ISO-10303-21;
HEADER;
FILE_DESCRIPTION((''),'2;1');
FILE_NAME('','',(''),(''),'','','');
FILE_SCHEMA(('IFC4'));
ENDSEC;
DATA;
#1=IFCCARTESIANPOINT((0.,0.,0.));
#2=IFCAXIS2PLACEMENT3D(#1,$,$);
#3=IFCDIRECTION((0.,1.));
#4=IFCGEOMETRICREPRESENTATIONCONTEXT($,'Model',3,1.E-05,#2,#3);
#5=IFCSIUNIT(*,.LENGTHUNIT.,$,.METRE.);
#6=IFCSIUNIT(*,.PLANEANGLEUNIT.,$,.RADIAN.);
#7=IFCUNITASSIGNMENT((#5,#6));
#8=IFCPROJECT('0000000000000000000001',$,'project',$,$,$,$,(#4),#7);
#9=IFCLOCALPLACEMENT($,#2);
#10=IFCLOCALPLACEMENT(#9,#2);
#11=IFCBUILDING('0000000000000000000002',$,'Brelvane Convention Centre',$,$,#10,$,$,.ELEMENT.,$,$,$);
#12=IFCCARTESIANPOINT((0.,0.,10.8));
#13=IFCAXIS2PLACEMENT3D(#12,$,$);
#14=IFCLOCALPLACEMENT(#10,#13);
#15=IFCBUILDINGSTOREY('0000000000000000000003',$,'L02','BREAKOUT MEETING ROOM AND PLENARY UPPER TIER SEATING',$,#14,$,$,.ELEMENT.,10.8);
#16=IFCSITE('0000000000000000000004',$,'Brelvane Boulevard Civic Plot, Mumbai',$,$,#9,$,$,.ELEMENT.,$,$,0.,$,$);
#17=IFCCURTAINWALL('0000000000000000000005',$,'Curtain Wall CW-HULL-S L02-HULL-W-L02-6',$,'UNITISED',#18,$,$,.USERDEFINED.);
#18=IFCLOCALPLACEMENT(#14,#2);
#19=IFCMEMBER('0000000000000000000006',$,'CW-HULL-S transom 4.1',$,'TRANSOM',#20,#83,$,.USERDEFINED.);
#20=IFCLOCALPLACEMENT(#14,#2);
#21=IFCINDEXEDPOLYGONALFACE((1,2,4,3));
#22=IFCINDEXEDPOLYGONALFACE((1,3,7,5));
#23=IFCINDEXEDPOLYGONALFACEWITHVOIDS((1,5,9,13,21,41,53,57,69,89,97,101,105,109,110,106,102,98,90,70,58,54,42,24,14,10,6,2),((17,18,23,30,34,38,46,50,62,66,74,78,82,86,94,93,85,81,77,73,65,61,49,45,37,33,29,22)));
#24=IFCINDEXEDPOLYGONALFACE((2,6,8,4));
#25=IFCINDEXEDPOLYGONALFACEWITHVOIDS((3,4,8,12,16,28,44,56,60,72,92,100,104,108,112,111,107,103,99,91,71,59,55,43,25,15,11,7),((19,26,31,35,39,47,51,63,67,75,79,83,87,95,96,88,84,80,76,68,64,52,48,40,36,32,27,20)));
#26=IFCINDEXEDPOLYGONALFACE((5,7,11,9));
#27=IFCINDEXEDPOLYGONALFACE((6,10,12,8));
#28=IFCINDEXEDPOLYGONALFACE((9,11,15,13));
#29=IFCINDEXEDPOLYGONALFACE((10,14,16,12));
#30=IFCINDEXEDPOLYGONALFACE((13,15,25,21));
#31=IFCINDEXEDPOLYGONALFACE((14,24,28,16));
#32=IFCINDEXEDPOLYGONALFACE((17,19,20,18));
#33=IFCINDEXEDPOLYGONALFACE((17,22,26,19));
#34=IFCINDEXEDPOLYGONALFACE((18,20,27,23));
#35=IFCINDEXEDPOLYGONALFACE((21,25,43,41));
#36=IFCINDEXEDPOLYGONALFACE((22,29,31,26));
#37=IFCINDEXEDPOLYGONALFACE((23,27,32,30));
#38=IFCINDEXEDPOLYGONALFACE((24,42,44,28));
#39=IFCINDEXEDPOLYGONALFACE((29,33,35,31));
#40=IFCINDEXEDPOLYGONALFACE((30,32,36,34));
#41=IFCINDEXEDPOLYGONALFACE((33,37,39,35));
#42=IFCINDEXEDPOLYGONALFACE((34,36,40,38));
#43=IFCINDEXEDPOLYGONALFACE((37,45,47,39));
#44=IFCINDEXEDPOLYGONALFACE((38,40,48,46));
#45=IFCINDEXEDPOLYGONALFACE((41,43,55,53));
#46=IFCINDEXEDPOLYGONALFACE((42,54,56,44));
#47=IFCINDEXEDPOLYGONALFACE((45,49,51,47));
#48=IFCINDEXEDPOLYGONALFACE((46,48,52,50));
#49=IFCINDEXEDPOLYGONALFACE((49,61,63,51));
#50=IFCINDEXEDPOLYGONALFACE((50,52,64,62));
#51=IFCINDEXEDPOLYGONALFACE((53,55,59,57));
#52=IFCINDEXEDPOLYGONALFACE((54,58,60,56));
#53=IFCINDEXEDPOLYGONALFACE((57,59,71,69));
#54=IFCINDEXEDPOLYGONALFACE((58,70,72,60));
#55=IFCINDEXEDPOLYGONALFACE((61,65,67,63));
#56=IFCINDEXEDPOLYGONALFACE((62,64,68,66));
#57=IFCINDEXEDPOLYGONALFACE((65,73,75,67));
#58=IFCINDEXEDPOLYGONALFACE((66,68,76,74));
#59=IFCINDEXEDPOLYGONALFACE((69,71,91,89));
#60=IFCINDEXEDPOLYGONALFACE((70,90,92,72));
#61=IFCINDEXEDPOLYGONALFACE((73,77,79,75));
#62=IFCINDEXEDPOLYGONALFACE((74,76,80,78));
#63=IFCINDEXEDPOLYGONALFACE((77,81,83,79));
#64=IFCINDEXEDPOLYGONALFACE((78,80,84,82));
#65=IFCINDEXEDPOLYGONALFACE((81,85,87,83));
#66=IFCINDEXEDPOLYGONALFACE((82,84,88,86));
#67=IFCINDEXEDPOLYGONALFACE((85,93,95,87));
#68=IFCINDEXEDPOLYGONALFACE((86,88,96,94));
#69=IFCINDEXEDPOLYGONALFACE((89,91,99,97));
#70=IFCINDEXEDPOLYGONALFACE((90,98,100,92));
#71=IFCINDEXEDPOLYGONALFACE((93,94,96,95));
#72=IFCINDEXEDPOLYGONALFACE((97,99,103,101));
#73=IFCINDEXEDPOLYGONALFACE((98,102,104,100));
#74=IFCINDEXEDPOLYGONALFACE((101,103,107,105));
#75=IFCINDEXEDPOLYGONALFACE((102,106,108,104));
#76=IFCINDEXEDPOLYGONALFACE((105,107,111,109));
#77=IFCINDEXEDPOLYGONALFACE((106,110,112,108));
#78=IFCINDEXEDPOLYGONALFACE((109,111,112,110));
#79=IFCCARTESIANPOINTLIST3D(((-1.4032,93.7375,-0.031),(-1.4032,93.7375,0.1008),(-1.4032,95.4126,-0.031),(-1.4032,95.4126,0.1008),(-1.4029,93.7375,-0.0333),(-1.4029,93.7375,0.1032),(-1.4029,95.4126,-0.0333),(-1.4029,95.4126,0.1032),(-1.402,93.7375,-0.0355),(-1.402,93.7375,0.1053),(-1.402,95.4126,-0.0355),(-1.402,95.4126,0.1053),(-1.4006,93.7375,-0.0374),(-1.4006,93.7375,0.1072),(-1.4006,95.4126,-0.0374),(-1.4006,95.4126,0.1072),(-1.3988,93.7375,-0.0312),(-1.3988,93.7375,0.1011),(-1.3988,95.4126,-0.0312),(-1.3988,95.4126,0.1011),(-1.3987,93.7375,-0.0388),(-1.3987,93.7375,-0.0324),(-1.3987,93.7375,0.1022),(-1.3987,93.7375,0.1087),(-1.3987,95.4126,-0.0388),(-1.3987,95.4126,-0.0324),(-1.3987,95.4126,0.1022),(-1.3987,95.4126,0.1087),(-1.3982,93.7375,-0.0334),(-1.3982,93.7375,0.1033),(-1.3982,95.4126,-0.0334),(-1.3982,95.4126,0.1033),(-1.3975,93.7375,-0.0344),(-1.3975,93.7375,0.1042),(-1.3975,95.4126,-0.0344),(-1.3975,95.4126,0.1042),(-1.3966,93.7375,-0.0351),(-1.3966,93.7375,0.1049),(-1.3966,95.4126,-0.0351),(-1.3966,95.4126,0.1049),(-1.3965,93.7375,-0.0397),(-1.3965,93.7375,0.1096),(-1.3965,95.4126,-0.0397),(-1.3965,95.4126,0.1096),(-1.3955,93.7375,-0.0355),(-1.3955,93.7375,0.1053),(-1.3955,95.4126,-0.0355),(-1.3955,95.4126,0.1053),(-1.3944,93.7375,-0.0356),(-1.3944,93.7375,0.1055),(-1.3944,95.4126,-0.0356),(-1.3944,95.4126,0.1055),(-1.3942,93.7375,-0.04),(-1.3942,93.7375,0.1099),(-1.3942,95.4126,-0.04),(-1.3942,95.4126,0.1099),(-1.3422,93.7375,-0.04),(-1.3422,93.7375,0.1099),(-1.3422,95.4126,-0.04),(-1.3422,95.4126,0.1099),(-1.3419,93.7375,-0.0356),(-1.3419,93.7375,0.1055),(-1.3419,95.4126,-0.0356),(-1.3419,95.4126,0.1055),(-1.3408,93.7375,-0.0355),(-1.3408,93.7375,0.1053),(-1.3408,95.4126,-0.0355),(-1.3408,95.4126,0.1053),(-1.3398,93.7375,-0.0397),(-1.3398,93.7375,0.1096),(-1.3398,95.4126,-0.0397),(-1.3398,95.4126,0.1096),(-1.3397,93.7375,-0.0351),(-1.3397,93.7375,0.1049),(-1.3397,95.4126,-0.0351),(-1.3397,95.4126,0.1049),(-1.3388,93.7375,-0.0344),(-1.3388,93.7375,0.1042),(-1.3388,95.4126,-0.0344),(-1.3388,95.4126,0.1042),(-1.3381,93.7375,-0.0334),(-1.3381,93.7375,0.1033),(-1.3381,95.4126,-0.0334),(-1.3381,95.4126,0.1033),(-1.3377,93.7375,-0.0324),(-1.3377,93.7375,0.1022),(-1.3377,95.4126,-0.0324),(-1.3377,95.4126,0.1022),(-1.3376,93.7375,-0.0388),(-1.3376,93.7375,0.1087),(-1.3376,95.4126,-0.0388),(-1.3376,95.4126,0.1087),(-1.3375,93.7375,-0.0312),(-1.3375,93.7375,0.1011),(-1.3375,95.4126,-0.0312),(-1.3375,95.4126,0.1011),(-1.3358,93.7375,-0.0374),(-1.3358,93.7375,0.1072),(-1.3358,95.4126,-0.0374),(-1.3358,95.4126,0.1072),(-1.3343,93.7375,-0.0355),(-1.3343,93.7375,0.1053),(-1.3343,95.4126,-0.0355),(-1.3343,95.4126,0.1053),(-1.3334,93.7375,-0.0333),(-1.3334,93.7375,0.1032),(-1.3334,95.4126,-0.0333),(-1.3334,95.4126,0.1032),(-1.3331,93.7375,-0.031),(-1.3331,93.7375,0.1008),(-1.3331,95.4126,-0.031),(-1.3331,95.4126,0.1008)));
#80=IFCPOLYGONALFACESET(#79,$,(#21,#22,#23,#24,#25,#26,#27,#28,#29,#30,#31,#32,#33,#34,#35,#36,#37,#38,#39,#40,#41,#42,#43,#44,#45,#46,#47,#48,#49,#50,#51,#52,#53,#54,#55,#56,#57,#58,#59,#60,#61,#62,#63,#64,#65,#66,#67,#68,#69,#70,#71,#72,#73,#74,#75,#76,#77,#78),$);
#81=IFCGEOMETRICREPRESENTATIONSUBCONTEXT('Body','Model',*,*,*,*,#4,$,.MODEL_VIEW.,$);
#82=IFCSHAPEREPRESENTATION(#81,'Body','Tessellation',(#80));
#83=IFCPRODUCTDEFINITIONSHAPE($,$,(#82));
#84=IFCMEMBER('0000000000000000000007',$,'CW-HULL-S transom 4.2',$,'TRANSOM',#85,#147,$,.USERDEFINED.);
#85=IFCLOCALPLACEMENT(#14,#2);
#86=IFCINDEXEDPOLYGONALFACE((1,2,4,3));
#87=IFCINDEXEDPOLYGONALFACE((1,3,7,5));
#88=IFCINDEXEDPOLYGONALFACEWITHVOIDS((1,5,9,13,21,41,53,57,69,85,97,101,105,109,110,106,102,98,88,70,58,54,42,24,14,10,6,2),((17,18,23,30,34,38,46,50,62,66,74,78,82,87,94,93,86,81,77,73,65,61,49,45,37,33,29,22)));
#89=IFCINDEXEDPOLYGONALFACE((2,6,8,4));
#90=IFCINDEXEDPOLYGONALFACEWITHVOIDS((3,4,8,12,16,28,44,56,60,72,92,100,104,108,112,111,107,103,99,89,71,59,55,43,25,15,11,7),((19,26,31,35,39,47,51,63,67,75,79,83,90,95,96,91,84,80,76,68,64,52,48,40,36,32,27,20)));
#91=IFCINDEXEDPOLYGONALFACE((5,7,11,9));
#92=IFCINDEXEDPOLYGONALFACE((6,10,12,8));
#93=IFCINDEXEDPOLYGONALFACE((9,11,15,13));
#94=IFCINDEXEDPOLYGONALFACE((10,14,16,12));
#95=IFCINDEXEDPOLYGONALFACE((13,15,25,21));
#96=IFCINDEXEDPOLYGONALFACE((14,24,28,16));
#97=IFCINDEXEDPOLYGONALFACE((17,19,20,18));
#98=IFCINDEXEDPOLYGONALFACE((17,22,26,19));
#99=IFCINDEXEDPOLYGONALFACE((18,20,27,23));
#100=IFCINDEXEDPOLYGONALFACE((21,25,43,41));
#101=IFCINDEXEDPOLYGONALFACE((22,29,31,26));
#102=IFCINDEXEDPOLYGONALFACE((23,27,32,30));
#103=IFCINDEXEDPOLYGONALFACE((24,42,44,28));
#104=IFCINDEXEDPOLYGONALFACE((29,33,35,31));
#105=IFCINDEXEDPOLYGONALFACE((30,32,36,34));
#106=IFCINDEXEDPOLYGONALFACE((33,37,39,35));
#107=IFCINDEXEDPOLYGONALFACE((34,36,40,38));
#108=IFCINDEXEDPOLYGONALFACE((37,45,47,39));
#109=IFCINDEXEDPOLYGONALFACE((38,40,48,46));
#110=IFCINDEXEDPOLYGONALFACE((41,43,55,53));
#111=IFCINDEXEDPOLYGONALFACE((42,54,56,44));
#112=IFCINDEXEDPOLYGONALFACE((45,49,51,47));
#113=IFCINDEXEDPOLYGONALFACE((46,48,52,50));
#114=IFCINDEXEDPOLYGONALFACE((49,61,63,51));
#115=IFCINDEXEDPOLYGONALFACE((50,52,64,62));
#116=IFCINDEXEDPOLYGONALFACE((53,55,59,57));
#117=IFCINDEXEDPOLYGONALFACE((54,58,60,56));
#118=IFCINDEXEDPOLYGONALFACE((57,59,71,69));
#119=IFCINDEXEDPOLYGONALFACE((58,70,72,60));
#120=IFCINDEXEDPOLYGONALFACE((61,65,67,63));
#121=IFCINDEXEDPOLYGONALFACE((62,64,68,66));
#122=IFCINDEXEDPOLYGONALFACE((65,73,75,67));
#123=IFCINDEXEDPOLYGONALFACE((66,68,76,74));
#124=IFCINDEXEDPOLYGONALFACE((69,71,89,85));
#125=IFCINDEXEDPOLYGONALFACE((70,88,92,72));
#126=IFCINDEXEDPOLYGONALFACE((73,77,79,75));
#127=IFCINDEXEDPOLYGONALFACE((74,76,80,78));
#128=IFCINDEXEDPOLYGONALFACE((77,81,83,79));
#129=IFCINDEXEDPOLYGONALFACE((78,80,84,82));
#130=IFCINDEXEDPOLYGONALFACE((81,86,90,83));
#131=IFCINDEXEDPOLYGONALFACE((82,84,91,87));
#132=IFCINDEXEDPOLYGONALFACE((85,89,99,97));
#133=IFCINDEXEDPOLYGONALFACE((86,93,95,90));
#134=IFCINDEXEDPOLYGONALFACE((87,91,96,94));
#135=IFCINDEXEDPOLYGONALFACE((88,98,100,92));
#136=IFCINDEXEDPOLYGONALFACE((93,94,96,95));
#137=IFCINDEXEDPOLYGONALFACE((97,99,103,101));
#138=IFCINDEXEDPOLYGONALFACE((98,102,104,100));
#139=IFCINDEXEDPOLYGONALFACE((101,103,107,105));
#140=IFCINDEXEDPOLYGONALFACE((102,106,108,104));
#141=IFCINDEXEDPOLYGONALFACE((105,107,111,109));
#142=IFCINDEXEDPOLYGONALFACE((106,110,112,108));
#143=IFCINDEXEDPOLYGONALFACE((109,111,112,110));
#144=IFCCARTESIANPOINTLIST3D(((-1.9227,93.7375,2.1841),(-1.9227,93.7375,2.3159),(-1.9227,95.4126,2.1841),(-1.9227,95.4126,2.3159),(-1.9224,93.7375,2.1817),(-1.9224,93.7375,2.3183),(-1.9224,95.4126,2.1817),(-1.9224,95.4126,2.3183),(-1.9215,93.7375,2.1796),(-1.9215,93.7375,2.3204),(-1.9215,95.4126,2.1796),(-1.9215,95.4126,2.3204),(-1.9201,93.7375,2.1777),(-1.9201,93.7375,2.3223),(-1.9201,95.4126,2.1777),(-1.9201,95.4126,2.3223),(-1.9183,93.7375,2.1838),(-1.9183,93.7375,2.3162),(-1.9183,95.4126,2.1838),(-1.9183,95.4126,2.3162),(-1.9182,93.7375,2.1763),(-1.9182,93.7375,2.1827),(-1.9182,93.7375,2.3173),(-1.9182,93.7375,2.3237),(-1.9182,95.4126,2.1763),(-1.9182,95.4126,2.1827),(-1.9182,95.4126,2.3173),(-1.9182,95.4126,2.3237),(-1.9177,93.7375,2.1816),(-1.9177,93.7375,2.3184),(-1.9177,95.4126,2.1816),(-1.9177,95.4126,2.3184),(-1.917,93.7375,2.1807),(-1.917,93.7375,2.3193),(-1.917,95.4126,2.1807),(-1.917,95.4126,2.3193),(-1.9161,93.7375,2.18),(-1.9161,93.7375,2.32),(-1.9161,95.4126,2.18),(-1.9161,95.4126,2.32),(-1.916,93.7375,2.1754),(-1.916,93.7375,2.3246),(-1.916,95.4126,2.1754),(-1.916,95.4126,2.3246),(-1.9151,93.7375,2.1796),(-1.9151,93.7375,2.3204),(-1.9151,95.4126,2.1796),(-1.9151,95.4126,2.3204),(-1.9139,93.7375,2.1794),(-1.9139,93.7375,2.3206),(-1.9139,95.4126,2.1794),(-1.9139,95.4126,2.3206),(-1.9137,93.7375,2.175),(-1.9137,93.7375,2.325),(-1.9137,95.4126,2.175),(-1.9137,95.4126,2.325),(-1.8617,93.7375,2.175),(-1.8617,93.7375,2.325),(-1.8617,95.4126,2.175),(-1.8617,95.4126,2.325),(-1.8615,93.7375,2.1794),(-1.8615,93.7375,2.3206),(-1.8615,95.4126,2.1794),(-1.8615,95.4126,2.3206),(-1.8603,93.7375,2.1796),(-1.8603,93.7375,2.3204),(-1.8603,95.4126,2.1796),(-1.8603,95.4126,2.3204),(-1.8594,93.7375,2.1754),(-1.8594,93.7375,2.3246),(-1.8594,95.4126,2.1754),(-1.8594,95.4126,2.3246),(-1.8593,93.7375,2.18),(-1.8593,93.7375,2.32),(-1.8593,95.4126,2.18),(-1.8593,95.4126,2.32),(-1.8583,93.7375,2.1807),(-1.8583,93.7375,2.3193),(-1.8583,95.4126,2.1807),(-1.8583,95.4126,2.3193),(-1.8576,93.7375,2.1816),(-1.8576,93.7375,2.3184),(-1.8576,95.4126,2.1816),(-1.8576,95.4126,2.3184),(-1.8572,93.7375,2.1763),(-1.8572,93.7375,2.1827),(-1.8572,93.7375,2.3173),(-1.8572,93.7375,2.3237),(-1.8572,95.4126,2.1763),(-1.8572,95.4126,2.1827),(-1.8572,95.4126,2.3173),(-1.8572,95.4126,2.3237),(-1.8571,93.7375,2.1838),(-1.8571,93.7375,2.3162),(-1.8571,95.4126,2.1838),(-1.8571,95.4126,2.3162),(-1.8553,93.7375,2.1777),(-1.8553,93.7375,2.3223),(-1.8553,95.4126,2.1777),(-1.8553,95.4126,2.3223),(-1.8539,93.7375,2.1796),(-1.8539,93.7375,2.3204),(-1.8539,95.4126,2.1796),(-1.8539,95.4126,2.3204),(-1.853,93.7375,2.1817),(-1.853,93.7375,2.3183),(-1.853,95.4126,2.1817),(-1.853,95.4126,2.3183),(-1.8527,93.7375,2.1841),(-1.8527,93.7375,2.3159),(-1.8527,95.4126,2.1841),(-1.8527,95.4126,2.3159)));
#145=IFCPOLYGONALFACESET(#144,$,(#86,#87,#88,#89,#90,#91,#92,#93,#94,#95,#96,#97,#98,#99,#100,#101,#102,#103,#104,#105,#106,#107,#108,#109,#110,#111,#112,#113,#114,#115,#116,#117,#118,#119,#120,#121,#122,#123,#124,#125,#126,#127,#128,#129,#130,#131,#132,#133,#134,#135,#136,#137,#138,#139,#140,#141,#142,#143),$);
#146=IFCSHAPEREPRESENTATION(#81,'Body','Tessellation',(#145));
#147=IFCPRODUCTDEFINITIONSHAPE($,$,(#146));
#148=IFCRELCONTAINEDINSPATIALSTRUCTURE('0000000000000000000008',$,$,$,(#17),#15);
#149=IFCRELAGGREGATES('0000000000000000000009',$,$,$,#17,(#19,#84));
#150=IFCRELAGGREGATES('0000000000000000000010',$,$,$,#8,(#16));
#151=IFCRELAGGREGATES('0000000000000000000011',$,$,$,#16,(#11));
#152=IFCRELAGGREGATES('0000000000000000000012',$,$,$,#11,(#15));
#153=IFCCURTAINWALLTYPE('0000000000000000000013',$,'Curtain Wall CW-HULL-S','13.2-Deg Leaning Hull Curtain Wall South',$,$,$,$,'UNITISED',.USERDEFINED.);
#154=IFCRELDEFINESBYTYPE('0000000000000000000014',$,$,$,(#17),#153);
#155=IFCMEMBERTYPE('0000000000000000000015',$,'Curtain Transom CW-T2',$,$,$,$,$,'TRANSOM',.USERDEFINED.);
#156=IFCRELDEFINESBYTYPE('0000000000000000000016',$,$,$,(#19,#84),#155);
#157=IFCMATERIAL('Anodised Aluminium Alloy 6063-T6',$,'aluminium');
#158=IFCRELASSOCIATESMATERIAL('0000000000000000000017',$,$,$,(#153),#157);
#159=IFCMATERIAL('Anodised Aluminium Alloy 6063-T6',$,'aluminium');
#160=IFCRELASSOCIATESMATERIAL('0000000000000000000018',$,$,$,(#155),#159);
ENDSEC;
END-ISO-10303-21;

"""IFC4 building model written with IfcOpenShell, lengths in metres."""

from ifc_helpers import new_model, si_unit, direction, frame, origin, origin_2d, place, context, subcontext, project, spatial, hollow_rectangle, extrude, material, material_profile, profile_set, type_object, element, aggregate, save


model = new_model("IFC4")

# Units and contexts
model_context = context("Model", 3, precision=1e-05, world=origin(), true_north=direction((0.0, 1.0)))
body_context = subcontext(model_context, "Body", "Model", "MODEL_VIEW")
ifc_project = project(units=[si_unit("LENGTHUNIT", "METRE"), si_unit("PLANEANGLEUNIT", "RADIAN")], contexts=[model_context])

# Site, building, storey
site_placement = place(None, origin())
site = spatial("IfcSite", under=ifc_project, at=site_placement, Name="Brelvane Boulevard Civic Plot, Mumbai", CompositionType="ELEMENT", RefElevation=0.0)
building_placement = place(site_placement, origin())
building = spatial("IfcBuilding", under=site, at=building_placement, Name="Brelvane Convention Centre", CompositionType="ELEMENT")
storey_placement = place(building_placement, frame((0.0, 0.0, 10.8)))
storey = spatial("IfcBuildingStorey", under=building, at=storey_placement, Name="L02", Description="BREAKOUT MEETING ROOM AND PLENARY UPPER TIER SEATING", CompositionType="ELEMENT", Elevation=10.8)

# Curtain wall, members
ifc_material_1 = material(Name="Anodised Aluminium Alloy 6063-T6", Category="aluminium")
curtain_wall_type = type_object("IfcCurtainWallType", Name="Curtain Wall CW-HULL-S", Description="13.2-Deg Leaning Hull Curtain Wall South", ElementType="UNITISED", PredefinedType="USERDEFINED", material=ifc_material_1)
curtain_wall_placement = place(storey_placement, origin())
curtain_wall = element("IfcCurtainWall", 1, at=curtain_wall_placement, inside=storey, type_object=curtain_wall_type, Name="Curtain Wall CW-HULL-S L02-HULL-W-L02-6", ObjectType="UNITISED", PredefinedType="USERDEFINED")
ifc_material_2 = material(Name="Anodised Aluminium Alloy 6063-T6", Category="aluminium")
ifc_material_profile_1 = material_profile(ifc_material_2, hollow_rectangle(XDim=0.0701, YDim=0.1499, WallThickness=0.0044, InnerFilletRadius=0.0044, OuterFilletRadius=0.009, at=origin_2d()), Name="ALU-T 150x70x4.5")
ifc_profile_set_1 = profile_set([ifc_material_profile_1], Name="Anodised Aluminium Alloy 6063-T6")
member_type_1 = type_object("IfcMemberType", Name="Curtain Transom CW-T2", ElementType="TRANSOM", PredefinedType="USERDEFINED", material=ifc_profile_set_1)
member_1_placement = place(storey_placement, frame((-1.3682, 93.7375, 0.0349), z_axis=(0.0, 1.0, 0.0), x_axis=(-1.0, 0.0, 0.0)))
member_1 = element("IfcMember", 2, at=member_1_placement, type_object=member_type_1, Name="CW-HULL-S transom 4.1", ObjectType="TRANSOM", PredefinedType="USERDEFINED", context=body_context, shape_type="SweptSolid", body=[
    extrude(hollow_rectangle(XDim=0.0701, YDim=0.1499, WallThickness=0.0044, InnerFilletRadius=0.0044, OuterFilletRadius=0.009, at=origin_2d()), origin(), (0.0, 0.0, 1.0), 1.675),
])
member_2_placement = place(storey_placement, frame((-1.8877, 93.7375, 2.25), z_axis=(0.0, 1.0, 0.0), x_axis=(-1.0, 0.0, 0.0)))
member_2 = element("IfcMember", 3, at=member_2_placement, type_object=member_type_1, Name="CW-HULL-S transom 4.2", ObjectType="TRANSOM", PredefinedType="USERDEFINED", context=body_context, shape_type="SweptSolid", body=[
    extrude(hollow_rectangle(XDim=0.0701, YDim=0.1499, WallThickness=0.0044, InnerFilletRadius=0.0044, OuterFilletRadius=0.009, at=origin_2d()), origin(), (0.0, 0.0, 1.0), 1.675),
])
aggregate(curtain_wall, [member_1, member_2])

save(model, "model.ifc")
